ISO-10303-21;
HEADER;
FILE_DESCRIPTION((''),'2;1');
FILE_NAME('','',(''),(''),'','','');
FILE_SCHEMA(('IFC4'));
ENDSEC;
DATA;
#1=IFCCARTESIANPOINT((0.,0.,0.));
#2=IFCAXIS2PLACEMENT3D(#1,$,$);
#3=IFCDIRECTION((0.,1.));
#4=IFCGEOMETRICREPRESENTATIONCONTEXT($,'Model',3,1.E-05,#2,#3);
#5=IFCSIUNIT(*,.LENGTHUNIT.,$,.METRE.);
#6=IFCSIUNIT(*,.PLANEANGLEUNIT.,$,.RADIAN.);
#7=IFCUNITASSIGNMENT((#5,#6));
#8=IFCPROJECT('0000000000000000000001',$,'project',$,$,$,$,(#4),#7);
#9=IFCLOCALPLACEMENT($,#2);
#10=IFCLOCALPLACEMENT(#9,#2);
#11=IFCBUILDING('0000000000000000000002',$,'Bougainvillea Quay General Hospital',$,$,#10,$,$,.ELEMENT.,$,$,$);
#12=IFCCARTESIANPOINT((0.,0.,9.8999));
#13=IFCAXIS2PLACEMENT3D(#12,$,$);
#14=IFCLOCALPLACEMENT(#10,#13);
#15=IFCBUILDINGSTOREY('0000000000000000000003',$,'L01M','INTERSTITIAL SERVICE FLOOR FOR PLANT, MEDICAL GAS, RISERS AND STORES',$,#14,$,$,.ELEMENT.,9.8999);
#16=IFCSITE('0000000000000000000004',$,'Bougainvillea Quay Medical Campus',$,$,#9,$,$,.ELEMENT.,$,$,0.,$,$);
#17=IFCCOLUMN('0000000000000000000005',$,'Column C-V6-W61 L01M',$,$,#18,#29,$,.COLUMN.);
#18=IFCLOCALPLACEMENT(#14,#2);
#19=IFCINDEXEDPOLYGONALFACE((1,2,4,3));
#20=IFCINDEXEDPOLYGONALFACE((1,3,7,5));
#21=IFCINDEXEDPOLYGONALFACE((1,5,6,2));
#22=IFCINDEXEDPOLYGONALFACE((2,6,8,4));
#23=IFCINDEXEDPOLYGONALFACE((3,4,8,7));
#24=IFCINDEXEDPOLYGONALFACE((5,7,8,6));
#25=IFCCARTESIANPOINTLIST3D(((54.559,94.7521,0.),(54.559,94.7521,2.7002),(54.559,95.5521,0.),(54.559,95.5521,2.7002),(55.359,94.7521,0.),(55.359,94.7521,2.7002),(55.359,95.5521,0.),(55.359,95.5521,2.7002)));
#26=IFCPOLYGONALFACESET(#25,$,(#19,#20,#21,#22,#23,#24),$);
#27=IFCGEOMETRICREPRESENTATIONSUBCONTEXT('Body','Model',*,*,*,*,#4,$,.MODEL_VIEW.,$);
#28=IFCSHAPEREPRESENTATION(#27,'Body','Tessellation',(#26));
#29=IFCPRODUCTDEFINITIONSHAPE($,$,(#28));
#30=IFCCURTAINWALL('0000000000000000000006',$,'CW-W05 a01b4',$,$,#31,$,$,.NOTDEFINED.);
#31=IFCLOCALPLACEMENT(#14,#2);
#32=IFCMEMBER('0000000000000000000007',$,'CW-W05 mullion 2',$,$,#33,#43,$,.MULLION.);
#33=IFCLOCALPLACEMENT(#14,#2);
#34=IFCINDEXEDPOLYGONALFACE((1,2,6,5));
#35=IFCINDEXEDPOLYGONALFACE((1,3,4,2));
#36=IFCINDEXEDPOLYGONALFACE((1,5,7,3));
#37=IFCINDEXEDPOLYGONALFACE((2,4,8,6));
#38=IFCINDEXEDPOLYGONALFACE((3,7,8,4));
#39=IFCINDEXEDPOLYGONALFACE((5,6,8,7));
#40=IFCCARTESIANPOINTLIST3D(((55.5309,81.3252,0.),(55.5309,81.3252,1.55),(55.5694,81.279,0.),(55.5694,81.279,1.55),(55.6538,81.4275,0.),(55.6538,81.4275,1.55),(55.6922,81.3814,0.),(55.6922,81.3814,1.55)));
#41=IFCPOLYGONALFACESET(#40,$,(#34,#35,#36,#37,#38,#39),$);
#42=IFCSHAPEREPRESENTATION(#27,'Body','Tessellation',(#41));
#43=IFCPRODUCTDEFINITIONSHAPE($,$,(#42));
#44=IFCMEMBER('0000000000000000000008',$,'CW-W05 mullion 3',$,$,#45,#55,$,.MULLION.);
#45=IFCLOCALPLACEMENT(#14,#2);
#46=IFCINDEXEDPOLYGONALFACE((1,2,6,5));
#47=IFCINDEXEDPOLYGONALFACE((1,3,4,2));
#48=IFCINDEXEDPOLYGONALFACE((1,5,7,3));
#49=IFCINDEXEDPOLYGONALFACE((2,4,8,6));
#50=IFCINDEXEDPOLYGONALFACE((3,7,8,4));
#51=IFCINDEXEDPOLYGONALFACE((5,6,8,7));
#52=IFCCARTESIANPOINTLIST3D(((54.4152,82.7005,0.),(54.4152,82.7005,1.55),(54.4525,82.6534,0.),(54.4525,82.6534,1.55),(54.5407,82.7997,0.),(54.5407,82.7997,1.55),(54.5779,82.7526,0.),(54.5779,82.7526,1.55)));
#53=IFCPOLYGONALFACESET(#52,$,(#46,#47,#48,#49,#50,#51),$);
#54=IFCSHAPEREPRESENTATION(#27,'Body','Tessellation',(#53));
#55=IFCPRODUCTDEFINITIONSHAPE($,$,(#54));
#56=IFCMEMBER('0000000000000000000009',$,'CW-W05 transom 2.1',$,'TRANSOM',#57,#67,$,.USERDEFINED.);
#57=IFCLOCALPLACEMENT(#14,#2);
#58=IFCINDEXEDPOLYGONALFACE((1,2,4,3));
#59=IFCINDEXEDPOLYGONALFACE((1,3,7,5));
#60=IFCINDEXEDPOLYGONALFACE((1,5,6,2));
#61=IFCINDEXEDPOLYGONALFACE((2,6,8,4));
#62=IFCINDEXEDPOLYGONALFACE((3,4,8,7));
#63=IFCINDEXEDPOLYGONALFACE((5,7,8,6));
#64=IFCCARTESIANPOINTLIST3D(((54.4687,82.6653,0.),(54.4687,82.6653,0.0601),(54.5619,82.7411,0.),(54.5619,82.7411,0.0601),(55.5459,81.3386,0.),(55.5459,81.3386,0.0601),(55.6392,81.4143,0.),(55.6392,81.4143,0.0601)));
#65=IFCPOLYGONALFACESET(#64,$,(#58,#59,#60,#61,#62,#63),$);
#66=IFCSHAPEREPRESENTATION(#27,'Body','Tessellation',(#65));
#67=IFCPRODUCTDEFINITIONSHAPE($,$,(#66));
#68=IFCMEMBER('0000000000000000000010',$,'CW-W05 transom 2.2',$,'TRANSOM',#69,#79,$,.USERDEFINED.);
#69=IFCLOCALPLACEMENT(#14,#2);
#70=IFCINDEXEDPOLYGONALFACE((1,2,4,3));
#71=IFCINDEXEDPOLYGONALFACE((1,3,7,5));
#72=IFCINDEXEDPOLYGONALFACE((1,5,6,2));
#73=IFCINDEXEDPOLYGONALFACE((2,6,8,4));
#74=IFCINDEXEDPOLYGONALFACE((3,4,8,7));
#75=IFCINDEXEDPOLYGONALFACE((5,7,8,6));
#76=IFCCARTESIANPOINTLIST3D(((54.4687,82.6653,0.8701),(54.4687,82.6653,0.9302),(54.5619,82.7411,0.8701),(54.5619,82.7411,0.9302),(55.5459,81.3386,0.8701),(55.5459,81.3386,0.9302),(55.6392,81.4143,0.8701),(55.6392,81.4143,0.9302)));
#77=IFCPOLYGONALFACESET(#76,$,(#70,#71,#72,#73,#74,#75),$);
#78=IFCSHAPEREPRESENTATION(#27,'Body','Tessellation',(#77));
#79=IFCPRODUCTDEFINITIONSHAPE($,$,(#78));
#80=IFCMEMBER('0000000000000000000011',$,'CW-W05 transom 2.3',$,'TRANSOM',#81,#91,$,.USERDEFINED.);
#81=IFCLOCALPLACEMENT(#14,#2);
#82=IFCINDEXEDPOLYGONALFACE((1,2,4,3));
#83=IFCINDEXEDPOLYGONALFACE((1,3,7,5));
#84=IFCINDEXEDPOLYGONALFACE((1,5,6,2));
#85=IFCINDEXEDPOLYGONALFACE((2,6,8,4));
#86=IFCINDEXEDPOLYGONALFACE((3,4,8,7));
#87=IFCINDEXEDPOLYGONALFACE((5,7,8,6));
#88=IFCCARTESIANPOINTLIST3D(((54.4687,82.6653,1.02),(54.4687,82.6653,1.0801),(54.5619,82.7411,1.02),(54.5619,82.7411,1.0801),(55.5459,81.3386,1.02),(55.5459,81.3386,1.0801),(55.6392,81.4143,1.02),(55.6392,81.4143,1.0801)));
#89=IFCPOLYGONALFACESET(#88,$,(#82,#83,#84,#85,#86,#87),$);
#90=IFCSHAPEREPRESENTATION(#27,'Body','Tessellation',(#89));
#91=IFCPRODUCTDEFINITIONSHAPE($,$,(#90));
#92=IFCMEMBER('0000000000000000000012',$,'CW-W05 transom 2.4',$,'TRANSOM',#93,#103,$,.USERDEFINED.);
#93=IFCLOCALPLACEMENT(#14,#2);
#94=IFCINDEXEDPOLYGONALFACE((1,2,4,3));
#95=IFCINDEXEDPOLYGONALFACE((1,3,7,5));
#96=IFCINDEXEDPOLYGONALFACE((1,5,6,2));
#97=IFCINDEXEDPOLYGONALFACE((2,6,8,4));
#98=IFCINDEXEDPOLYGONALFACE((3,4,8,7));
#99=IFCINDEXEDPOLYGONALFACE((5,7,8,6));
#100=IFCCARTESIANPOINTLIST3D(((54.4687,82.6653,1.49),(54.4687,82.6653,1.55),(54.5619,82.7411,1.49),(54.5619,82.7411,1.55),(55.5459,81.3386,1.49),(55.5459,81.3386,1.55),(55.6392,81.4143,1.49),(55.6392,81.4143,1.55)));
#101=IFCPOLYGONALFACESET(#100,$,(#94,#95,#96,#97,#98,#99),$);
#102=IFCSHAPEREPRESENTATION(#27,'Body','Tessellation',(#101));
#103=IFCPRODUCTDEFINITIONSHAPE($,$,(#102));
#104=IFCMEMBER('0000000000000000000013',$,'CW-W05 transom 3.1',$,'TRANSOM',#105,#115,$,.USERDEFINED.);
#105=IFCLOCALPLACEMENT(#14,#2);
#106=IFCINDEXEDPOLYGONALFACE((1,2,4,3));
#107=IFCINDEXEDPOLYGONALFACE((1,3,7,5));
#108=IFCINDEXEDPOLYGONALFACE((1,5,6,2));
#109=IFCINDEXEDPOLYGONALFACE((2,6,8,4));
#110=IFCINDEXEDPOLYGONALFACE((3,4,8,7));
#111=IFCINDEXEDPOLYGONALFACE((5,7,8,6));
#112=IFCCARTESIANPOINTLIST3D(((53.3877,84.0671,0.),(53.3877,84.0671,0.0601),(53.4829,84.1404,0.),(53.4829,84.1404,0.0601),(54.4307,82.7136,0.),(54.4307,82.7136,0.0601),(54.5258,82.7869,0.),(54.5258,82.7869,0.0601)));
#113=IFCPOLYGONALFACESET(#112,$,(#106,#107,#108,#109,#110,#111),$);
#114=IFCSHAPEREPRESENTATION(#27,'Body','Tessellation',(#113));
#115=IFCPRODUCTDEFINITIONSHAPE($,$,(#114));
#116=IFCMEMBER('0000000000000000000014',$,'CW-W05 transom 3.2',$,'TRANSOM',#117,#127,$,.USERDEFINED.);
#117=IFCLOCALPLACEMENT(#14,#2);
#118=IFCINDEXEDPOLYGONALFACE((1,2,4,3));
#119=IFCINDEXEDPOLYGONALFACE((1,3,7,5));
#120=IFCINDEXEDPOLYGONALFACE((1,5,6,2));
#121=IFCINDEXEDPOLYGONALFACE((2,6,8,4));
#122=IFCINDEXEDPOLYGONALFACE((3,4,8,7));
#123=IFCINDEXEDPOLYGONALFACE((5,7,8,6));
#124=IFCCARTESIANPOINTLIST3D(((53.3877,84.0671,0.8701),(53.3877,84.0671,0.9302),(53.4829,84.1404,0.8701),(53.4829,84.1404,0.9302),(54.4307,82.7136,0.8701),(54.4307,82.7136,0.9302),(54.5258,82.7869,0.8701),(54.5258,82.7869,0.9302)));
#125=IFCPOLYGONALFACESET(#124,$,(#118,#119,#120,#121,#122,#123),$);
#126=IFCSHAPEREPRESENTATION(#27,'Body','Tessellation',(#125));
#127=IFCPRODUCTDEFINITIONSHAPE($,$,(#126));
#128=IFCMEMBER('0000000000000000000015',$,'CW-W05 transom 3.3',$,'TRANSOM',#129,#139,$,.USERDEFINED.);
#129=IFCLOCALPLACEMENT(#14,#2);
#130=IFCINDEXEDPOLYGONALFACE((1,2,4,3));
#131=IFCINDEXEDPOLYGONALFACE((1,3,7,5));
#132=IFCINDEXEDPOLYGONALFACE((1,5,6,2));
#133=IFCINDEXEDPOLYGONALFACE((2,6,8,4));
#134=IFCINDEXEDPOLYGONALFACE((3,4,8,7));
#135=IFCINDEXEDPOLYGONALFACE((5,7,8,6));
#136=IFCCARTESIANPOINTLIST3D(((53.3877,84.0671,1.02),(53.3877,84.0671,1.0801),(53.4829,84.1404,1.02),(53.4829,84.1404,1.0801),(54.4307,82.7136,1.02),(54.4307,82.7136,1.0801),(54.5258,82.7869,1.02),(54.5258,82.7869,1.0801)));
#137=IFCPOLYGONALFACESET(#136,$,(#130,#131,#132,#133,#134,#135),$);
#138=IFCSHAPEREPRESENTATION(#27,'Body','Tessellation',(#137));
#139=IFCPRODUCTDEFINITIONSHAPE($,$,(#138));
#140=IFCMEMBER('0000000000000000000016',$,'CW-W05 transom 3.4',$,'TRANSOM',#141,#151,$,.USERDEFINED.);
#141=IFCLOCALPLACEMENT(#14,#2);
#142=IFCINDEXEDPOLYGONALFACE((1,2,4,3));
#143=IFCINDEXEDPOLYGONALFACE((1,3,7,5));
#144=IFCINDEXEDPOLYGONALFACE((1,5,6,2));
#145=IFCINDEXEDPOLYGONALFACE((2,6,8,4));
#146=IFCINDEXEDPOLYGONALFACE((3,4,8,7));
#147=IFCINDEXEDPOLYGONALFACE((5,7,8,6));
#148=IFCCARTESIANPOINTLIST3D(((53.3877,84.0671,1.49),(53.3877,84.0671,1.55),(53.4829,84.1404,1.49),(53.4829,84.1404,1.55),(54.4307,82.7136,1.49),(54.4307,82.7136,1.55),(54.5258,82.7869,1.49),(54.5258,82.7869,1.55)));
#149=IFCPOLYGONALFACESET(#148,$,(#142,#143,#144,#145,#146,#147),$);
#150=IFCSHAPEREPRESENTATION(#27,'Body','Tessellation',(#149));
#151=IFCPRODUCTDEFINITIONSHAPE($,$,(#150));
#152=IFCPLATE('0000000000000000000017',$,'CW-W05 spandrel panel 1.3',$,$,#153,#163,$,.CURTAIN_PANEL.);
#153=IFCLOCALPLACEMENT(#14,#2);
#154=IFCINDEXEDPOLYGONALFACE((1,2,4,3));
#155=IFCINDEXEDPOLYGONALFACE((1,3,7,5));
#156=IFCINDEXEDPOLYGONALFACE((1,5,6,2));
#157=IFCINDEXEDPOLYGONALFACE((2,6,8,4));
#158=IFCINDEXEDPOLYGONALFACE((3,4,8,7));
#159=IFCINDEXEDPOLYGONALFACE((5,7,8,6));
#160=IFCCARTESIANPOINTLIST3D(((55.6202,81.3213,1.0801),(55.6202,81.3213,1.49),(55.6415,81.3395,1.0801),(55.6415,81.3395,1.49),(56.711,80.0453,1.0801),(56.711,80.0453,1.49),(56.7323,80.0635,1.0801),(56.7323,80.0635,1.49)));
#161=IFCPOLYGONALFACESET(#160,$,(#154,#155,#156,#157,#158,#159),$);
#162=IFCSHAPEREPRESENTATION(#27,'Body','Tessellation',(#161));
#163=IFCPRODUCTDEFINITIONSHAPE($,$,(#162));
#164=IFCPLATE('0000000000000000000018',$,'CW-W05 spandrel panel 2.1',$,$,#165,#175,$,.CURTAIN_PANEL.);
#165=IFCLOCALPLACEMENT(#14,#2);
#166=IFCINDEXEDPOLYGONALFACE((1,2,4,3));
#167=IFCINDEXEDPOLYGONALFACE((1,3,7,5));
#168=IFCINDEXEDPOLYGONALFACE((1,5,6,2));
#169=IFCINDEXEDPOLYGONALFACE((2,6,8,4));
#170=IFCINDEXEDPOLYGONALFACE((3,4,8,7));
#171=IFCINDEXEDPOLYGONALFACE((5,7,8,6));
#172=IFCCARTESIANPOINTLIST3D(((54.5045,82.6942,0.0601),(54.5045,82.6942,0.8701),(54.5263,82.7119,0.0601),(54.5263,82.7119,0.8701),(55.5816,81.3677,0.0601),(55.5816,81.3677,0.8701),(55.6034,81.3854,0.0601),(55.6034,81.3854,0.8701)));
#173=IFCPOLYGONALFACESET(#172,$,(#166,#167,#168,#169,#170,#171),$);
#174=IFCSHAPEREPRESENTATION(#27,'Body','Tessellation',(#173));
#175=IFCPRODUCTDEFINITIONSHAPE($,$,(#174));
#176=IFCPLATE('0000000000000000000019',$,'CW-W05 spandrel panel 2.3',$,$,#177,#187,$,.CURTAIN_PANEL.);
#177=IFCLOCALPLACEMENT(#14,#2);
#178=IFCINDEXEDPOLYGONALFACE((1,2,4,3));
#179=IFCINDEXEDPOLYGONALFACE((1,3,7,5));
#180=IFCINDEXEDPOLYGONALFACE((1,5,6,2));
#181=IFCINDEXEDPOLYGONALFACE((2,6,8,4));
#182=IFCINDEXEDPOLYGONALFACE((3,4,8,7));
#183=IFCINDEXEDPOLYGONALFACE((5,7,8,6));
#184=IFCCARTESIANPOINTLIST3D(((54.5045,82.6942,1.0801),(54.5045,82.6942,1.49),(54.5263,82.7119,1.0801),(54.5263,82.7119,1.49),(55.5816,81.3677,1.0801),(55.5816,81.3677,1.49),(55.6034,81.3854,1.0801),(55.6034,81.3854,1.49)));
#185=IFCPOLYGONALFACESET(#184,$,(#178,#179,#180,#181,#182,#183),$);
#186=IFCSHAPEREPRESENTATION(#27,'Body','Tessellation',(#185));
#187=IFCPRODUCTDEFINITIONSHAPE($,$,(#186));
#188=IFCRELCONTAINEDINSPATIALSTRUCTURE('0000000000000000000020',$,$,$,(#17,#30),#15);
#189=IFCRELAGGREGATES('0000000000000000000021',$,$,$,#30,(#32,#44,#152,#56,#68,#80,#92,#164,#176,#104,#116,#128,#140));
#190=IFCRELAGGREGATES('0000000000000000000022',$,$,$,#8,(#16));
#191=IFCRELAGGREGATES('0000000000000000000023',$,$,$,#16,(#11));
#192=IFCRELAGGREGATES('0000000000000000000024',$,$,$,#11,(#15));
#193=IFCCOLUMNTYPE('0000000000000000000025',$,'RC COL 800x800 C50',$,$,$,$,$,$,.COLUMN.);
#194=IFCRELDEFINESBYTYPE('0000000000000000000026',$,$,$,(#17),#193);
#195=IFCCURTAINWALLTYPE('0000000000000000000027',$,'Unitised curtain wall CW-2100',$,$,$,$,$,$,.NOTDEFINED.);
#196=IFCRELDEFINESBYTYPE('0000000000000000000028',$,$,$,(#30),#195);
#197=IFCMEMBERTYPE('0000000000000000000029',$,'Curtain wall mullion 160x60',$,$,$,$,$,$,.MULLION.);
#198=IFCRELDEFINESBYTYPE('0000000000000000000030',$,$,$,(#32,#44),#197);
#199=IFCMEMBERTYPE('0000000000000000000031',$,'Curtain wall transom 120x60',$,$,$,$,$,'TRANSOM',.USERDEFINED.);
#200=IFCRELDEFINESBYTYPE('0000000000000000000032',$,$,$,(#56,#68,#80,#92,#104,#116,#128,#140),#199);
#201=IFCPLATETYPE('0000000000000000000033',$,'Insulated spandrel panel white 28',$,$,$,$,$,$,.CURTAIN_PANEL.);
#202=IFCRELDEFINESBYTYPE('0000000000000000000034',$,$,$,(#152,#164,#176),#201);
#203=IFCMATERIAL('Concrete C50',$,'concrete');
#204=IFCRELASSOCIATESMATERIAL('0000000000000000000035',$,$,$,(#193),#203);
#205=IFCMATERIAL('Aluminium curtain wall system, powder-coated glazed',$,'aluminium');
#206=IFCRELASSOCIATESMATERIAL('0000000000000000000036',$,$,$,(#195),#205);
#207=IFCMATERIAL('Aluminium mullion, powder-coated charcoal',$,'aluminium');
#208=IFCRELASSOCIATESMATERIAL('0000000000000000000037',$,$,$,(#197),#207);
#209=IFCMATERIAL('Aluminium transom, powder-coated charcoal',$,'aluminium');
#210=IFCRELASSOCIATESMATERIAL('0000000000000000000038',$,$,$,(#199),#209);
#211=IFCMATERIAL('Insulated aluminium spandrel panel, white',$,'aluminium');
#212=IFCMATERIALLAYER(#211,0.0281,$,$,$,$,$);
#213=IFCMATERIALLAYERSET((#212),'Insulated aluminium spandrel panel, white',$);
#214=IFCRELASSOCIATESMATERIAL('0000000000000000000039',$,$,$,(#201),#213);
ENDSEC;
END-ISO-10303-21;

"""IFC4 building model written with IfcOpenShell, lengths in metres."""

from ifc_helpers import new_model, si_unit, direction, frame, origin, origin_2d, place, context, subcontext, project, spatial, rectangle, extrude, material, layer, layer_set, material_profile, profile_set, type_object, element, aggregate, save


model = new_model("IFC4")

# Units and contexts
model_context = context("Model", 3, precision=1e-05, world=origin(), true_north=direction((0.0, 1.0)))
body_context = subcontext(model_context, "Body", "Model", "MODEL_VIEW")
ifc_project = project(units=[si_unit("LENGTHUNIT", "METRE"), si_unit("PLANEANGLEUNIT", "RADIAN")], contexts=[model_context])

# Site, building, storey
site_placement = place(None, origin())
site = spatial("IfcSite", under=ifc_project, at=site_placement, Name="Bougainvillea Quay Medical Campus", CompositionType="ELEMENT", RefElevation=0.0)
building_placement = place(site_placement, origin())
building = spatial("IfcBuilding", under=site, at=building_placement, Name="Bougainvillea Quay General Hospital", CompositionType="ELEMENT")
storey_placement = place(building_placement, frame((0.0, 0.0, 9.8999)))
storey = spatial("IfcBuildingStorey", under=building, at=storey_placement, Name="L01M", Description="INTERSTITIAL SERVICE FLOOR FOR PLANT, MEDICAL GAS, RISERS AND STORES", CompositionType="ELEMENT", Elevation=9.8999)

# Column
ifc_material_1 = material(Name="Concrete C50", Category="concrete")
ifc_material_profile_1 = material_profile(ifc_material_1, rectangle(XDim=0.8, YDim=0.8, at=origin_2d()))
ifc_profile_set_1 = profile_set([ifc_material_profile_1], Name="Concrete C50")
column_type = type_object("IfcColumnType", Name="RC COL 800x800 C50", PredefinedType="COLUMN", material=ifc_profile_set_1)
column_placement = place(storey_placement, frame((54.959, 95.1521, 0.0), z_axis=(0.0, 0.0, 1.0), x_axis=(1.0, 0.0, 0.0)))
element("IfcColumn", 1, at=column_placement, inside=storey, type_object=column_type, Name="Column C-V6-W61 L01M", PredefinedType="COLUMN", context=body_context, shape_type="SweptSolid", body=[
    extrude(rectangle(XDim=0.8, YDim=0.8, at=origin_2d()), origin(), (0.0, 0.0, 1.0), 2.7002),
])

# Curtain wall, members, plates
ifc_material_2 = material(Name="Aluminium curtain wall system, powder-coated glazed", Category="aluminium")
curtain_wall_type = type_object("IfcCurtainWallType", Name="Unitised curtain wall CW-2100", PredefinedType="NOTDEFINED", material=ifc_material_2)
curtain_wall_placement = place(storey_placement, origin())
curtain_wall = element("IfcCurtainWall", 2, at=curtain_wall_placement, inside=storey, type_object=curtain_wall_type, Name="CW-W05 a01b4", PredefinedType="NOTDEFINED")
ifc_material_3 = material(Name="Aluminium mullion, powder-coated charcoal", Category="aluminium")
ifc_material_profile_2 = material_profile(ifc_material_3, rectangle(XDim=0.1599, YDim=0.0601, at=origin_2d()))
ifc_profile_set_2 = profile_set([ifc_material_profile_2], Name="Aluminium mullion, powder-coated charcoal")
member_type_1 = type_object("IfcMemberType", Name="Curtain wall mullion 160x60", PredefinedType="MULLION", material=ifc_profile_set_2)
member_1_placement = place(storey_placement, frame((55.6116, 81.3533, 0.0), z_axis=(0.0, 0.0, 1.0), x_axis=(-0.768295, -0.640096, 0.0)))
member_1 = element("IfcMember", 3, at=member_1_placement, type_object=member_type_1, Name="CW-W05 mullion 2", PredefinedType="MULLION", context=body_context, shape_type="SweptSolid", body=[
    extrude(rectangle(XDim=0.1599, YDim=0.0601, at=origin_2d()), origin(), (0.0, 0.0, 1.0), 1.55),
])
member_2_placement = place(storey_placement, frame((54.4966, 82.7266, 0.0), z_axis=(0.0, 0.0, 1.0), x_axis=(-0.784279, -0.620409, 0.0)))
member_2 = element("IfcMember", 4, at=member_2_placement, type_object=member_type_1, Name="CW-W05 mullion 3", PredefinedType="MULLION", context=body_context, shape_type="SweptSolid", body=[
    extrude(rectangle(XDim=0.1599, YDim=0.0601, at=origin_2d()), origin(), (0.0, 0.0, 1.0), 1.55),
])
ifc_material_4 = material(Name="Aluminium transom, powder-coated charcoal", Category="aluminium")
ifc_material_profile_3 = material_profile(ifc_material_4, rectangle(XDim=0.1201, YDim=0.0601, at=origin_2d()))
ifc_profile_set_3 = profile_set([ifc_material_profile_3], Name="Aluminium transom, powder-coated charcoal")
member_type_2 = type_object("IfcMemberType", Name="Curtain wall transom 120x60", ElementType="TRANSOM", PredefinedType="USERDEFINED", material=ifc_profile_set_3)
member_3_placement = place(storey_placement, frame((55.5925, 81.3765, 0.03), z_axis=(-0.630324, 0.776332, 0.0), x_axis=(-0.776332, -0.630324, 0.0)))
member_3 = element("IfcMember", 5, at=member_3_placement, type_object=member_type_2, Name="CW-W05 transom 2.1", ObjectType="TRANSOM", PredefinedType="USERDEFINED", context=body_context, shape_type="SweptSolid", body=[
    extrude(rectangle(XDim=0.1201, YDim=0.0601, at=origin_2d()), origin(), (0.0, 0.0, 1.0), 1.709),
])
member_4_placement = place(storey_placement, frame((55.5925, 81.3765, 0.9001), z_axis=(-0.630324, 0.776332, 0.0), x_axis=(-0.776332, -0.630324, 0.0)))
member_4 = element("IfcMember", 6, at=member_4_placement, type_object=member_type_2, Name="CW-W05 transom 2.2", ObjectType="TRANSOM", PredefinedType="USERDEFINED", context=body_context, shape_type="SweptSolid", body=[
    extrude(rectangle(XDim=0.1201, YDim=0.0601, at=origin_2d()), origin(), (0.0, 0.0, 1.0), 1.709),
])
member_5_placement = place(storey_placement, frame((55.5925, 81.3765, 1.05), z_axis=(-0.630324, 0.776332, 0.0), x_axis=(-0.776332, -0.630324, 0.0)))
member_5 = element("IfcMember", 7, at=member_5_placement, type_object=member_type_2, Name="CW-W05 transom 2.3", ObjectType="TRANSOM", PredefinedType="USERDEFINED", context=body_context, shape_type="SweptSolid", body=[
    extrude(rectangle(XDim=0.1201, YDim=0.0601, at=origin_2d()), origin(), (0.0, 0.0, 1.0), 1.709),
])
member_6_placement = place(storey_placement, frame((55.5925, 81.3765, 1.52), z_axis=(-0.630324, 0.776332, 0.0), x_axis=(-0.776332, -0.630324, 0.0)))
member_6 = element("IfcMember", 8, at=member_6_placement, type_object=member_type_2, Name="CW-W05 transom 2.4", ObjectType="TRANSOM", PredefinedType="USERDEFINED", context=body_context, shape_type="SweptSolid", body=[
    extrude(rectangle(XDim=0.1201, YDim=0.0601, at=origin_2d()), origin(), (0.0, 0.0, 1.0), 1.709),
])
member_7_placement = place(storey_placement, frame((54.4783, 82.7502, 0.03), z_axis=(-0.610373, 0.792114, 0.0), x_axis=(-0.792114, -0.610373, 0.0)))
member_7 = element("IfcMember", 9, at=member_7_placement, type_object=member_type_2, Name="CW-W05 transom 3.1", ObjectType="TRANSOM", PredefinedType="USERDEFINED", context=body_context, shape_type="SweptSolid", body=[
    extrude(rectangle(XDim=0.1201, YDim=0.0601, at=origin_2d()), origin(), (0.0, 0.0, 1.0), 1.7087),
])
member_8_placement = place(storey_placement, frame((54.4783, 82.7502, 0.9001), z_axis=(-0.610373, 0.792114, 0.0), x_axis=(-0.792114, -0.610373, 0.0)))
member_8 = element("IfcMember", 10, at=member_8_placement, type_object=member_type_2, Name="CW-W05 transom 3.2", ObjectType="TRANSOM", PredefinedType="USERDEFINED", context=body_context, shape_type="SweptSolid", body=[
    extrude(rectangle(XDim=0.1201, YDim=0.0601, at=origin_2d()), origin(), (0.0, 0.0, 1.0), 1.7087),
])
member_9_placement = place(storey_placement, frame((54.4783, 82.7502, 1.05), z_axis=(-0.610373, 0.792114, 0.0), x_axis=(-0.792114, -0.610373, 0.0)))
member_9 = element("IfcMember", 11, at=member_9_placement, type_object=member_type_2, Name="CW-W05 transom 3.3", ObjectType="TRANSOM", PredefinedType="USERDEFINED", context=body_context, shape_type="SweptSolid", body=[
    extrude(rectangle(XDim=0.1201, YDim=0.0601, at=origin_2d()), origin(), (0.0, 0.0, 1.0), 1.7087),
])
member_10_placement = place(storey_placement, frame((54.4783, 82.7502, 1.52), z_axis=(-0.610373, 0.792114, 0.0), x_axis=(-0.792114, -0.610373, 0.0)))
member_10 = element("IfcMember", 12, at=member_10_placement, type_object=member_type_2, Name="CW-W05 transom 3.4", ObjectType="TRANSOM", PredefinedType="USERDEFINED", context=body_context, shape_type="SweptSolid", body=[
    extrude(rectangle(XDim=0.1201, YDim=0.0601, at=origin_2d()), origin(), (0.0, 0.0, 1.0), 1.7087),
])
ifc_material_5 = material(Name="Insulated aluminium spandrel panel, white", Category="aluminium")
ifc_layer_1 = layer(ifc_material_5, 0.0281)
ifc_layer_set_1 = layer_set([ifc_layer_1], Name="Insulated aluminium spandrel panel, white")
plate_type_1 = type_object("IfcPlateType", Name="Insulated spandrel panel white 28", PredefinedType="CURTAIN_PANEL", material=ifc_layer_set_1)
plate_1_placement = place(storey_placement, frame((56.1763, 80.6924, 1.0801), z_axis=(0.0, 0.0, 1.0), x_axis=(-0.649786, 0.760117, 0.0)))
plate_1 = element("IfcPlate", 13, at=plate_1_placement, type_object=plate_type_1, Name="CW-W05 spandrel panel 1.3", PredefinedType="CURTAIN_PANEL", context=body_context, shape_type="SweptSolid", body=[
    extrude(rectangle(XDim=1.6787, YDim=0.0281, at=origin_2d()), origin(), (0.0, 0.0, 1.0), 0.4099),
])
plate_2_placement = place(storey_placement, frame((55.054, 82.0398, 0.0601), z_axis=(0.0, 0.0, 1.0), x_axis=(-0.630303, 0.776349, 0.0)))
plate_2 = element("IfcPlate", 14, at=plate_2_placement, type_object=plate_type_1, Name="CW-W05 spandrel panel 2.1", PredefinedType="CURTAIN_PANEL", context=body_context, shape_type="SweptSolid", body=[
    extrude(rectangle(XDim=1.7087, YDim=0.0281, at=origin_2d()), origin(), (0.0, 0.0, 1.0), 0.8101),
])
plate_3_placement = place(storey_placement, frame((55.054, 82.0398, 1.0801), z_axis=(0.0, 0.0, 1.0), x_axis=(-0.630303, 0.776349, 0.0)))
plate_3 = element("IfcPlate", 15, at=plate_3_placement, type_object=plate_type_1, Name="CW-W05 spandrel panel 2.3", PredefinedType="CURTAIN_PANEL", context=body_context, shape_type="SweptSolid", body=[
    extrude(rectangle(XDim=1.7087, YDim=0.0281, at=origin_2d()), origin(), (0.0, 0.0, 1.0), 0.4099),
])
aggregate(curtain_wall, [member_1, member_2, plate_1, member_3, member_4, member_5, member_6, plate_2, plate_3, member_7, member_8, member_9, member_10])

save(model, "model.ifc")
